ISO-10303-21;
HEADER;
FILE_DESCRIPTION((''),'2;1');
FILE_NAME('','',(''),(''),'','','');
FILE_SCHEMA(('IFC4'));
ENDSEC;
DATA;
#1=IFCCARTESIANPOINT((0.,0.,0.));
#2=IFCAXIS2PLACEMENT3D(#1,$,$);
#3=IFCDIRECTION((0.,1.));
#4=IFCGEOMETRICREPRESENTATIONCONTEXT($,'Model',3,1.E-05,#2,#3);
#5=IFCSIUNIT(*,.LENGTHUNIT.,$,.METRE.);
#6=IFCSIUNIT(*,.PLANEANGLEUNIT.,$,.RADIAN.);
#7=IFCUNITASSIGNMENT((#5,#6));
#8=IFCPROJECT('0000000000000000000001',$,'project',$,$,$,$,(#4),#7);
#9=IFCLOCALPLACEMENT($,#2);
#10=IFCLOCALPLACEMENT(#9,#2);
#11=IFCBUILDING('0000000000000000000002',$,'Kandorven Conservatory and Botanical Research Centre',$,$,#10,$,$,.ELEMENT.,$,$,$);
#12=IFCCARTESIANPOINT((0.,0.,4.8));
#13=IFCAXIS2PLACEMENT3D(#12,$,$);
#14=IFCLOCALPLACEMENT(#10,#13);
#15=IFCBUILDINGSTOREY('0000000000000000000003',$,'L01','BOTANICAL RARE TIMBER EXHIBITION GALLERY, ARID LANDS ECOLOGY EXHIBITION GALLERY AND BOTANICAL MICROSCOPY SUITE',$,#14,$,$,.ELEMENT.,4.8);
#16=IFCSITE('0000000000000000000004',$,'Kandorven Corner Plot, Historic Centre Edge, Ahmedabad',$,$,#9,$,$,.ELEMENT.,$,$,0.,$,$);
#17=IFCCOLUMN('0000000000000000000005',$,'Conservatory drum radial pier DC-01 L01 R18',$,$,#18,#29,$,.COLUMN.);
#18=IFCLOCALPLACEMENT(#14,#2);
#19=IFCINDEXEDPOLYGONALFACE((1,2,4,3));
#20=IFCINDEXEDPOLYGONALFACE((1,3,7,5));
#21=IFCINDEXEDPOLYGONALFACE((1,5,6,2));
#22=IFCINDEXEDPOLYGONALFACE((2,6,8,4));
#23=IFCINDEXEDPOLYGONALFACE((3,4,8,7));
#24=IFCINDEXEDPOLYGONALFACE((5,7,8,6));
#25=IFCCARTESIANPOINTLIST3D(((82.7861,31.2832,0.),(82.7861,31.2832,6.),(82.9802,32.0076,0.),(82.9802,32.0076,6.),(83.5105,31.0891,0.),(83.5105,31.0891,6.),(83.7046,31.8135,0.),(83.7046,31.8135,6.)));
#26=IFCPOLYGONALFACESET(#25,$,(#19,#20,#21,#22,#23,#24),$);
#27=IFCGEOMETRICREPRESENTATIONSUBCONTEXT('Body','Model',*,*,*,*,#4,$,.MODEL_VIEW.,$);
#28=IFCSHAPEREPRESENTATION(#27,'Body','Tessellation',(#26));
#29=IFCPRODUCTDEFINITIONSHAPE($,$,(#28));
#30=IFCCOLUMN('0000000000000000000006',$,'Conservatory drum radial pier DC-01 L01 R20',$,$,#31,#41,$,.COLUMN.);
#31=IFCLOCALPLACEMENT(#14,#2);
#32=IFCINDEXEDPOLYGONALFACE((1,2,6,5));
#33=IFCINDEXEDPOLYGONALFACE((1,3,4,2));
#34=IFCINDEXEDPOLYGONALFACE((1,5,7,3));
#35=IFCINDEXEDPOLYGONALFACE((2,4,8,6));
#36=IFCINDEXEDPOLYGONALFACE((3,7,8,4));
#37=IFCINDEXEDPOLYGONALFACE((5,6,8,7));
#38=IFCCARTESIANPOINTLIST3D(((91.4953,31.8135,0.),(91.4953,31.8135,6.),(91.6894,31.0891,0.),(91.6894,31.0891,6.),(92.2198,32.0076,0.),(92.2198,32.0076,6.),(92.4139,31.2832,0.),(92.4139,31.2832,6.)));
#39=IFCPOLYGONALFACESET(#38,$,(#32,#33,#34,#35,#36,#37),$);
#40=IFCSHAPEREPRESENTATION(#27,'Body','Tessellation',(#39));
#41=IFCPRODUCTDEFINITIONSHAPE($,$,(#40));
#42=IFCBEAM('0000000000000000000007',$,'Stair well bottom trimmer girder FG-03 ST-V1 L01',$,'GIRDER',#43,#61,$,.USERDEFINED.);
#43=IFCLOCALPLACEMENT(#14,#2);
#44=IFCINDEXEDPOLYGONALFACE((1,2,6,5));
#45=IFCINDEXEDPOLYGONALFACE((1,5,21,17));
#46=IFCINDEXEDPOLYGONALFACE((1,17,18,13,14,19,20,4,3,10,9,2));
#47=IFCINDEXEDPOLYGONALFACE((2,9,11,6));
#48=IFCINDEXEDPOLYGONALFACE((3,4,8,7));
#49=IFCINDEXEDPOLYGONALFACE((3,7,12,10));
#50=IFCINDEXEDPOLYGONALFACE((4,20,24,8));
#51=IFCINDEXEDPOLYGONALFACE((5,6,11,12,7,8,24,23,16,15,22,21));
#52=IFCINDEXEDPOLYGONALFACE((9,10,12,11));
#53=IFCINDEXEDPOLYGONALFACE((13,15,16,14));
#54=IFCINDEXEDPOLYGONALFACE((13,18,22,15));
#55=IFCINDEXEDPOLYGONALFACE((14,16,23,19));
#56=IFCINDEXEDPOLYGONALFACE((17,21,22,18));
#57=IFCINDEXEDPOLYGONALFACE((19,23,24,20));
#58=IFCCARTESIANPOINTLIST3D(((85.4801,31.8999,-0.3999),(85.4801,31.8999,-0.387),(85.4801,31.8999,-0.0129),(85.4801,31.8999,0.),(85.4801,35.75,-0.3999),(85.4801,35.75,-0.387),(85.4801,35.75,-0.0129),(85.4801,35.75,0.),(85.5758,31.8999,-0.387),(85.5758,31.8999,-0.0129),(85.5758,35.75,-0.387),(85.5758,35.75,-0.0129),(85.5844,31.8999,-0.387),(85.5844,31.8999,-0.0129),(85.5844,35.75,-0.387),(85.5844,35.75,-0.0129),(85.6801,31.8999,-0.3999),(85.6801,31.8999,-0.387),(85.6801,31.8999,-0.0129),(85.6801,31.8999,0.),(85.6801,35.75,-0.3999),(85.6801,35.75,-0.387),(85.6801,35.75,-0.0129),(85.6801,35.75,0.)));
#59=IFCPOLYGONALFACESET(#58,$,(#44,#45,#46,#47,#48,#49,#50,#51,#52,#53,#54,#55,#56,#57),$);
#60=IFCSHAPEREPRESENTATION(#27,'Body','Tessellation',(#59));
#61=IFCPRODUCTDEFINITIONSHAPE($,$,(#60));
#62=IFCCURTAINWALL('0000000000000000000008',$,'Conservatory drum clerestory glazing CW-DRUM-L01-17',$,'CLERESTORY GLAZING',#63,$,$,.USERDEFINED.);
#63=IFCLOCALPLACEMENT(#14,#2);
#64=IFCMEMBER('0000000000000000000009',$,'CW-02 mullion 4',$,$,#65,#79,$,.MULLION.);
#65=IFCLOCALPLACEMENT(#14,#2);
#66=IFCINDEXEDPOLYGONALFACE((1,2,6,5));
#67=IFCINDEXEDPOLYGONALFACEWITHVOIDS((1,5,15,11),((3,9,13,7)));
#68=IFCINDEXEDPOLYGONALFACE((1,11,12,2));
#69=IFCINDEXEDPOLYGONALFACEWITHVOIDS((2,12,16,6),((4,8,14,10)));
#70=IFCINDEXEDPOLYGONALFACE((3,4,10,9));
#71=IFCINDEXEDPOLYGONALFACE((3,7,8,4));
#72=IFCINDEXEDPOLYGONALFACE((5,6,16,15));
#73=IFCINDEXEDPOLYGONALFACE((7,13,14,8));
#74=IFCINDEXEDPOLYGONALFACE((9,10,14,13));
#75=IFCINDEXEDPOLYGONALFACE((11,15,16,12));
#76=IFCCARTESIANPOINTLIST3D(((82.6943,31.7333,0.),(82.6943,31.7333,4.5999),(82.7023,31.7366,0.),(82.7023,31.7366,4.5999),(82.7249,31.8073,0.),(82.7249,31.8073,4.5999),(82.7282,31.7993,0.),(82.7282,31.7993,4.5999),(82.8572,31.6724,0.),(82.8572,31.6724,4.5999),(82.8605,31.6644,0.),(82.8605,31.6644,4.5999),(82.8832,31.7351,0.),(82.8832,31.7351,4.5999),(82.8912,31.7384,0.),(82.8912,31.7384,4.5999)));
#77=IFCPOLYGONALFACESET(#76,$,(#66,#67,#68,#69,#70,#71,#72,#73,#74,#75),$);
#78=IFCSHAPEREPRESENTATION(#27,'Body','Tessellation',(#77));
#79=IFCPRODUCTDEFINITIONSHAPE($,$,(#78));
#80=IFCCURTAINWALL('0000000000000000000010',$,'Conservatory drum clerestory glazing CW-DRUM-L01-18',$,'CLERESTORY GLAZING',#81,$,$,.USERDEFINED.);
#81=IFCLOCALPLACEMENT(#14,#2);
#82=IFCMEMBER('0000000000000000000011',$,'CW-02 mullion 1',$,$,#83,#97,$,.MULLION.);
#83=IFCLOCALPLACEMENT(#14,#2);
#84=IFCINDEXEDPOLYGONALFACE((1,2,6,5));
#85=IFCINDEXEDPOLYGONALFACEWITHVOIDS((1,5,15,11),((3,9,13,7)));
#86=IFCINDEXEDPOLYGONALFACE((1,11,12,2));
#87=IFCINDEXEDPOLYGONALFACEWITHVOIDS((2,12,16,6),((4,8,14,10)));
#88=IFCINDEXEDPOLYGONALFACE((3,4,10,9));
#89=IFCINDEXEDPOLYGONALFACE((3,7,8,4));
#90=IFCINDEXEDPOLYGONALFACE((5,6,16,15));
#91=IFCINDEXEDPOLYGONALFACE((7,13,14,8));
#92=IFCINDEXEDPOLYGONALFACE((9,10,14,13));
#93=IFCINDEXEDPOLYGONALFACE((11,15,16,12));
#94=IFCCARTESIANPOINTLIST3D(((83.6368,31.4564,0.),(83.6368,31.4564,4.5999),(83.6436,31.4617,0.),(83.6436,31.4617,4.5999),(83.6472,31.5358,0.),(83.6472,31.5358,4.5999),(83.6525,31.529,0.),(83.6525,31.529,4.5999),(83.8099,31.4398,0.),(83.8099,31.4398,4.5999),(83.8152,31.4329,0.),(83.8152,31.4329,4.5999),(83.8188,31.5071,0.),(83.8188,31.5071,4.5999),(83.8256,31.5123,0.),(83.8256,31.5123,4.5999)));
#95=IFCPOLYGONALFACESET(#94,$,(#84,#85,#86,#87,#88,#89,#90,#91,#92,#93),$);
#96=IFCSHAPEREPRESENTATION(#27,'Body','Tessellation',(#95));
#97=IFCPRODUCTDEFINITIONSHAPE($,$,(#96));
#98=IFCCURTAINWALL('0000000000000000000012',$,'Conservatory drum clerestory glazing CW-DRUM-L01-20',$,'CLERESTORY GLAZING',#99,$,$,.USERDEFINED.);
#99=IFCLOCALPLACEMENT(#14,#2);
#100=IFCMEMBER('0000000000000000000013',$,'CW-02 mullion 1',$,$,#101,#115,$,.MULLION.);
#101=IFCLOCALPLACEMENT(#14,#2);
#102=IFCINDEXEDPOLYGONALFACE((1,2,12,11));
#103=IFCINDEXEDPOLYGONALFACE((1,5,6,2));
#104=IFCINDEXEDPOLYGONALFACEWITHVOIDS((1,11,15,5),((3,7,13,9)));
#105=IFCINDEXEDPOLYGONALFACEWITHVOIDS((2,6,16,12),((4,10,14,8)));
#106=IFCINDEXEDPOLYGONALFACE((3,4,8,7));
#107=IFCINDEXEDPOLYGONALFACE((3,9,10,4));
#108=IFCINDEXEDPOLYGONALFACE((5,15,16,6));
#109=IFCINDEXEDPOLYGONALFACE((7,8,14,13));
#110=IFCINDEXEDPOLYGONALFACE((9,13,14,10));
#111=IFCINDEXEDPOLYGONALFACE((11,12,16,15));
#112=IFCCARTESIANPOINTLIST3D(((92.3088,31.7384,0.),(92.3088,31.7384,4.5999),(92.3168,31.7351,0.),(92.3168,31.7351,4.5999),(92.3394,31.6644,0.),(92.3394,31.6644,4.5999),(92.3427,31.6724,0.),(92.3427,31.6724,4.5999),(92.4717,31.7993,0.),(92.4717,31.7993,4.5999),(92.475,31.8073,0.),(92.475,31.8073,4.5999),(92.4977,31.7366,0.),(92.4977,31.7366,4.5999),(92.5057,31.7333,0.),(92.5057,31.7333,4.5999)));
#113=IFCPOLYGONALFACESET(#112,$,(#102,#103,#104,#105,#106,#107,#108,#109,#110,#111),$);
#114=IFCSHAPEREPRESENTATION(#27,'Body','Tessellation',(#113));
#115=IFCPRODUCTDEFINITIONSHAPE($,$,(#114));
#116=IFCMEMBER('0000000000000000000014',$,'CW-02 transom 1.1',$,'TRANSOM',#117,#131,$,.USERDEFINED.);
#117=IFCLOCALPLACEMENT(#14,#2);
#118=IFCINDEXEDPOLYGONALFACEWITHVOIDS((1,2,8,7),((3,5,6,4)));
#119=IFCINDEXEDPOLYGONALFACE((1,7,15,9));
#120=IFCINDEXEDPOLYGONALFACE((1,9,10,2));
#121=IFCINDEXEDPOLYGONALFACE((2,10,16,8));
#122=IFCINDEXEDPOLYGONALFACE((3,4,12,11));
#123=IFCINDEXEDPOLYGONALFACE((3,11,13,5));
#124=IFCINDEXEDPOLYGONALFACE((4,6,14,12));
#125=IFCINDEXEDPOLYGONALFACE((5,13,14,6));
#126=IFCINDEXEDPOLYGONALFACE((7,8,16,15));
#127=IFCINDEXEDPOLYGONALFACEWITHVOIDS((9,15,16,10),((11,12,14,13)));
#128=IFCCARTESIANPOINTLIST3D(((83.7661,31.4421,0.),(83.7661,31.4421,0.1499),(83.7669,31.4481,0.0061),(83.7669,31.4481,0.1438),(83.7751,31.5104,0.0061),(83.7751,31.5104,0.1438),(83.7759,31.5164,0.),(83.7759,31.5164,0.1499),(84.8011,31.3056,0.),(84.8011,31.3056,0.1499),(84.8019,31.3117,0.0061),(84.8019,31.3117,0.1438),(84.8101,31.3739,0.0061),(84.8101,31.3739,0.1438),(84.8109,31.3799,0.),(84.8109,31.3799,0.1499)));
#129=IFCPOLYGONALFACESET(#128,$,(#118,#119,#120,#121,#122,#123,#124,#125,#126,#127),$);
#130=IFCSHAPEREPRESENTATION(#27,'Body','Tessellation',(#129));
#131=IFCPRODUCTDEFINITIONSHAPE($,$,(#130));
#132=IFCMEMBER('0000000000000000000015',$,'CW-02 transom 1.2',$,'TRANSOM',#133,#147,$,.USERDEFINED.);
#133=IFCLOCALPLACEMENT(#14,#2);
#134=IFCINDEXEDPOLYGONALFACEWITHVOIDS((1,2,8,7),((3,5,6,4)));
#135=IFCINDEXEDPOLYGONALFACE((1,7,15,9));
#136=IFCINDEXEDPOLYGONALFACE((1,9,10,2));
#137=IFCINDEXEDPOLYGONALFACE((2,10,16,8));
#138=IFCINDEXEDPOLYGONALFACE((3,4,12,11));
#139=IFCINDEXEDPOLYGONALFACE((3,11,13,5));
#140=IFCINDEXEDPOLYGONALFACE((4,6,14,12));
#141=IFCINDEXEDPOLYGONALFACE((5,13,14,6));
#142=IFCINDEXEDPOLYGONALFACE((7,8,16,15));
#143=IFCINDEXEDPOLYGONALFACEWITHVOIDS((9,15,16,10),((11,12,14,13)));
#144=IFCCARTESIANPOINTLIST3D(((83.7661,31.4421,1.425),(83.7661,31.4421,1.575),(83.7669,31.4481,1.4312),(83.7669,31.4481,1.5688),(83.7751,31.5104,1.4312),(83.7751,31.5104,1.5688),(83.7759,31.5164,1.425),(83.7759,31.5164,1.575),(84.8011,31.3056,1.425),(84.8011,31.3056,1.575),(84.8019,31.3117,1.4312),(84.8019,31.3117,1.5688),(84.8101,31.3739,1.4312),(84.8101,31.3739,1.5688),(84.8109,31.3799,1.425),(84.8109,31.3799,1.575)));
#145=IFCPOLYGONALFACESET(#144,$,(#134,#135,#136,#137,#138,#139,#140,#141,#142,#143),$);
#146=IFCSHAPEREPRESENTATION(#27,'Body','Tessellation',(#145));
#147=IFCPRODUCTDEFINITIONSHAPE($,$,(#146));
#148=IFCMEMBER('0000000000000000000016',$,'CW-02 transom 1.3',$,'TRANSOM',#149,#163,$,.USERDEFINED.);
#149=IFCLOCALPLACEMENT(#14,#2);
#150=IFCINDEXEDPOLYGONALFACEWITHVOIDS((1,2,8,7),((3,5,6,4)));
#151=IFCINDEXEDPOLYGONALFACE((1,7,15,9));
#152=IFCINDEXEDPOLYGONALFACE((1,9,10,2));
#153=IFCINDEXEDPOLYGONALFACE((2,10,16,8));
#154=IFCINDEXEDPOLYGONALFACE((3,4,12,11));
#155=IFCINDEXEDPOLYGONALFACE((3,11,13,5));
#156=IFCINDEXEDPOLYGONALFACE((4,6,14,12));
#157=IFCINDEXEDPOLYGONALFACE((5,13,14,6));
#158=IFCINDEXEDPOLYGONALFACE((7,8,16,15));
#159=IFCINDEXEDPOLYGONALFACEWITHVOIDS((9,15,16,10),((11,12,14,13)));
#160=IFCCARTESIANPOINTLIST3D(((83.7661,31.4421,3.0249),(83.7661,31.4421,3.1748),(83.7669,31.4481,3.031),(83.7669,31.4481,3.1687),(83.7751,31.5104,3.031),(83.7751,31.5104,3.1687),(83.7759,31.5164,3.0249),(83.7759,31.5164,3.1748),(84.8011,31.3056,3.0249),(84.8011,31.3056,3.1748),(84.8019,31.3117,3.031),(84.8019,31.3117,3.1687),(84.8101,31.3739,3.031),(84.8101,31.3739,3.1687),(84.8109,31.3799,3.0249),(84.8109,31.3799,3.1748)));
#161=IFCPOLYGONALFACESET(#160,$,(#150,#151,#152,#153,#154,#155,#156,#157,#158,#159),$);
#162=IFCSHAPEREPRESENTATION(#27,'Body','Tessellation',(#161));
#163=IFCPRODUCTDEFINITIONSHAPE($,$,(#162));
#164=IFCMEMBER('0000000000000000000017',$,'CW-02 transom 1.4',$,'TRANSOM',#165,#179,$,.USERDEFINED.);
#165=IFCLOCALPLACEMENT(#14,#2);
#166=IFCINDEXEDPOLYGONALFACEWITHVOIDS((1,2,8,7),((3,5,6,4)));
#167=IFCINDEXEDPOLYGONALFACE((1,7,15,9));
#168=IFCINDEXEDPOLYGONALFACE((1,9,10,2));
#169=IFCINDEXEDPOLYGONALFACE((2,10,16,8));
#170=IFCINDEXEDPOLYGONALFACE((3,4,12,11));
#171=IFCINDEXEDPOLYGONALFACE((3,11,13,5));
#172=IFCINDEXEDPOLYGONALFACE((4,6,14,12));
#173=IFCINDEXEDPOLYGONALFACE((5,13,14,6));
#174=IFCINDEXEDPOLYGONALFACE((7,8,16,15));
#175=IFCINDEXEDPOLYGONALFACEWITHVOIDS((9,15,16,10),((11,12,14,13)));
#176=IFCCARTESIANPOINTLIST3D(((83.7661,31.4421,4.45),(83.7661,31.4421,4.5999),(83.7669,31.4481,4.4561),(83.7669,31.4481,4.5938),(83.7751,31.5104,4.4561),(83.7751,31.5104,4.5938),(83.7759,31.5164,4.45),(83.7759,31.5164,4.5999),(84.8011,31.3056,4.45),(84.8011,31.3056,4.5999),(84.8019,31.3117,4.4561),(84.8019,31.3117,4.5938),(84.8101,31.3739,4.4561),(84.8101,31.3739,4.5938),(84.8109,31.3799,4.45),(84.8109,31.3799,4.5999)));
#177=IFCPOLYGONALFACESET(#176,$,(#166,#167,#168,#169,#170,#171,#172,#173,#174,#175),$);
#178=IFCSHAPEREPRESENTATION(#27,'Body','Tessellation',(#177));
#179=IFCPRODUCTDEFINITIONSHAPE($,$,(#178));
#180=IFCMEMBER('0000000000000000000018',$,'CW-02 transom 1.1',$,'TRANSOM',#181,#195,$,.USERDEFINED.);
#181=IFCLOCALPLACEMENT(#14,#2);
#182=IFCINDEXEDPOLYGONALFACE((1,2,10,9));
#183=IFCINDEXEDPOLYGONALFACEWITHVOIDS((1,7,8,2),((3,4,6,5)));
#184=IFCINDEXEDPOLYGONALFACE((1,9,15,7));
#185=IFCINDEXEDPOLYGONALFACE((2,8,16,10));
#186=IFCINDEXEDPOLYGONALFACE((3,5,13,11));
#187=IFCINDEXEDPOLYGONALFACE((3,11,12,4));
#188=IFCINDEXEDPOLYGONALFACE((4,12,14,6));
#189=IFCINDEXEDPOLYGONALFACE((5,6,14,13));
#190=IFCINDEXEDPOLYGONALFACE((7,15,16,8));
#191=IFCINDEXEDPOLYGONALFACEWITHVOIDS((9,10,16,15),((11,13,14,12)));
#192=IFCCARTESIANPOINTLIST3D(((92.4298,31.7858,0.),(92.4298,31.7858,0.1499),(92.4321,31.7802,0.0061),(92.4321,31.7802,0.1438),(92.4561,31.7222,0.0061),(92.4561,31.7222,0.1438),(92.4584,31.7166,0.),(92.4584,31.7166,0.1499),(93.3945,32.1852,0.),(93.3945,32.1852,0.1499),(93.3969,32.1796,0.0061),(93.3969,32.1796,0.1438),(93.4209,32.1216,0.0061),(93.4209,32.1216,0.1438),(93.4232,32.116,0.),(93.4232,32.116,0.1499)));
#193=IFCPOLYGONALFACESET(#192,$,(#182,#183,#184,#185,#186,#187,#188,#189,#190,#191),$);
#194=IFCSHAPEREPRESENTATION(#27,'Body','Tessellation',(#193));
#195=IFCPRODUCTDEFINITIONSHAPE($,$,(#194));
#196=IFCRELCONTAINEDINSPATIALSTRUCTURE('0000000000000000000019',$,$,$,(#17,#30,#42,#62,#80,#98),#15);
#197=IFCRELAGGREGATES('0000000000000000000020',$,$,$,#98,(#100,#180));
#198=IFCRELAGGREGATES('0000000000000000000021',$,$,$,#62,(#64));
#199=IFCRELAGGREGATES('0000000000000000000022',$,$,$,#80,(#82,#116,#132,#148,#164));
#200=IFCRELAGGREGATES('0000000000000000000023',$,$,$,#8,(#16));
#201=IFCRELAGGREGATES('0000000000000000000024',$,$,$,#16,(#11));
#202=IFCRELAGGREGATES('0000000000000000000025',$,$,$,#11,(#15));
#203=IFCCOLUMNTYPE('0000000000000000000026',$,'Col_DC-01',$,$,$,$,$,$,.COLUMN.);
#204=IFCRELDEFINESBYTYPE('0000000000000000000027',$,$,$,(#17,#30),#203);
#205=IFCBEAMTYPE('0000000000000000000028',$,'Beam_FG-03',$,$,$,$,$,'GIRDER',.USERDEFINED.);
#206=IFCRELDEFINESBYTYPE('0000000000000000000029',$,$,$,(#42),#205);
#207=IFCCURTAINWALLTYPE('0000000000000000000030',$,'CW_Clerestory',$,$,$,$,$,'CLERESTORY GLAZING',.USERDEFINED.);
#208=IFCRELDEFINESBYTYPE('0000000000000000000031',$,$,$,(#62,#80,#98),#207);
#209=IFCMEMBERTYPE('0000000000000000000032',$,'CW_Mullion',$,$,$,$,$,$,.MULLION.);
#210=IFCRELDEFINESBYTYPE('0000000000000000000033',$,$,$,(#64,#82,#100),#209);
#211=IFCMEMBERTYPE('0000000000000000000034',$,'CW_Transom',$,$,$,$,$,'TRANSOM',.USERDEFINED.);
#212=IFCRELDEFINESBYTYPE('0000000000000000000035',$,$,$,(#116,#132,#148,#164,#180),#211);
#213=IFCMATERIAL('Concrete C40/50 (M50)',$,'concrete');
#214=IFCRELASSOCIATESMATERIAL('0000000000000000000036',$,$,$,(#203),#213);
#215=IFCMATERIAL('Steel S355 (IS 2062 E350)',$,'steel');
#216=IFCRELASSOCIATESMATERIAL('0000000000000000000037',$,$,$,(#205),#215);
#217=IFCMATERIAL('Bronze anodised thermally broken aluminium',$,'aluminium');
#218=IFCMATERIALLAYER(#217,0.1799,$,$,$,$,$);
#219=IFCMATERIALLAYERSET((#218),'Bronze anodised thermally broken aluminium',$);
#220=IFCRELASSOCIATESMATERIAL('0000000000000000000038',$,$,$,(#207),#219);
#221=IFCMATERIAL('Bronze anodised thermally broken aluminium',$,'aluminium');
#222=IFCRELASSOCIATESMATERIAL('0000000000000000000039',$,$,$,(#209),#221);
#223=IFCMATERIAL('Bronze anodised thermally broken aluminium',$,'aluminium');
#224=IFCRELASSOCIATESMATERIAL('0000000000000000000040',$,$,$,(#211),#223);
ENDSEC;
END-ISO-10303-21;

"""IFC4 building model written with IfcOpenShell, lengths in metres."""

from ifc_helpers import new_model, si_unit, direction, frame, origin, origin_2d, place, context, subcontext, project, spatial, rectangle, hollow_rectangle, i_section, extrude, material, layer, layer_set, material_profile, profile_set, type_object, element, aggregate, save


model = new_model("IFC4")

# Units and contexts
model_context = context("Model", 3, precision=1e-05, world=origin(), true_north=direction((0.0, 1.0)))
body_context = subcontext(model_context, "Body", "Model", "MODEL_VIEW")
ifc_project = project(units=[si_unit("LENGTHUNIT", "METRE"), si_unit("PLANEANGLEUNIT", "RADIAN")], contexts=[model_context])

# Site, building, storey
site_placement = place(None, origin())
site = spatial("IfcSite", under=ifc_project, at=site_placement, Name="Kandorven Corner Plot, Historic Centre Edge, Ahmedabad", CompositionType="ELEMENT", RefElevation=0.0)
building_placement = place(site_placement, origin())
building = spatial("IfcBuilding", under=site, at=building_placement, Name="Kandorven Conservatory and Botanical Research Centre", CompositionType="ELEMENT")
storey_placement = place(building_placement, frame((0.0, 0.0, 4.8)))
storey = spatial("IfcBuildingStorey", under=building, at=storey_placement, Name="L01", Description="BOTANICAL RARE TIMBER EXHIBITION GALLERY, ARID LANDS ECOLOGY EXHIBITION GALLERY AND BOTANICAL MICROSCOPY SUITE", CompositionType="ELEMENT", Elevation=4.8)

# Columns
ifc_material_1 = material(Name="Concrete C40/50 (M50)", Category="concrete")
ifc_material_profile_1 = material_profile(ifc_material_1, rectangle(XDim=0.75, YDim=0.75, at=origin_2d()))
ifc_profile_set_1 = profile_set([ifc_material_profile_1], Name="Concrete C40/50 (M50)")
column_type = type_object("IfcColumnType", Name="Col_DC-01", PredefinedType="COLUMN", material=ifc_profile_set_1)
for number, where, z_axis, x_axis, name in (
    (1, (83.2454, 31.5483, 0.0), (0.0, 0.0, 1.0), (-0.258819, -0.965926, 0.0), "Conservatory drum radial pier DC-01 L01 R18"),
    (2, (91.9546, 31.5483, 0.0), (0.0, 0.0, 1.0), (0.258819, -0.965926, 0.0), "Conservatory drum radial pier DC-01 L01 R20"),
):
    element("IfcColumn", number, at=place(storey_placement, frame(where, z_axis=z_axis, x_axis=x_axis)), inside=storey, type_object=column_type, Name=name, PredefinedType="COLUMN", context=body_context, shape_type="SweptSolid", body=[
        extrude(rectangle(XDim=0.75, YDim=0.75, at=origin_2d()), origin(), (0.0, 0.0, 1.0), 6.0),
    ])

# Beam
ifc_material_2 = material(Name="Steel S355 (IS 2062 E350)", Category="steel")
ifc_material_profile_2 = material_profile(ifc_material_2, i_section(OverallWidth=0.2, OverallDepth=0.3999, WebThickness=0.0085, FlangeThickness=0.0129, at=origin_2d()))
ifc_profile_set_2 = profile_set([ifc_material_profile_2], Name="Steel S355 (IS 2062 E350)")
beam_type = type_object("IfcBeamType", Name="Beam_FG-03", ElementType="GIRDER", PredefinedType="USERDEFINED", material=ifc_profile_set_2)
beam_placement = place(storey_placement, frame((85.5801, 31.8999, -0.2), z_axis=(0.0, 1.0, 0.0), x_axis=(-1.0, 0.0, 0.0)))
element("IfcBeam", 3, at=beam_placement, inside=storey, type_object=beam_type, Name="Stair well bottom trimmer girder FG-03 ST-V1 L01", ObjectType="GIRDER", PredefinedType="USERDEFINED", context=body_context, shape_type="SweptSolid", body=[
    extrude(i_section(OverallWidth=0.2, OverallDepth=0.3999, WebThickness=0.0085, FlangeThickness=0.0129, at=origin_2d()), origin(), (0.0, 0.0, 1.0), 3.8501),
])

# Curtain walls, members
ifc_material_3 = material(Name="Bronze anodised thermally broken aluminium", Category="aluminium")
ifc_layer_1 = layer(ifc_material_3, 0.1799)
ifc_layer_set_1 = layer_set([ifc_layer_1], Name="Bronze anodised thermally broken aluminium")
curtain_wall_type = type_object("IfcCurtainWallType", Name="CW_Clerestory", ElementType="CLERESTORY GLAZING", PredefinedType="USERDEFINED", material=ifc_layer_set_1)
curtain_wall_1_placement = place(storey_placement, origin())
curtain_wall_1 = element("IfcCurtainWall", 4, at=curtain_wall_1_placement, inside=storey, type_object=curtain_wall_type, Name="Conservatory drum clerestory glazing CW-DRUM-L01-17", ObjectType="CLERESTORY GLAZING", PredefinedType="USERDEFINED")
ifc_material_4 = material(Name="Bronze anodised thermally broken aluminium", Category="aluminium")
ifc_material_profile_3 = material_profile(ifc_material_4, hollow_rectangle(XDim=0.0801, YDim=0.1799, WallThickness=0.0061, at=origin_2d()))
ifc_profile_set_3 = profile_set([ifc_material_profile_3], Name="Bronze anodised thermally broken aluminium")
member_type_1 = type_object("IfcMemberType", Name="CW_Mullion", PredefinedType="MULLION", material=ifc_profile_set_3)
member_1_placement = place(storey_placement, frame((82.7927, 31.7358, 0.0), z_axis=(0.0, 0.0, 1.0), x_axis=(0.382669, 0.923886, 0.0)))
member_1 = element("IfcMember", 5, at=member_1_placement, type_object=member_type_1, Name="CW-02 mullion 4", PredefinedType="MULLION", context=body_context, shape_type="SweptSolid", body=[
    extrude(hollow_rectangle(XDim=0.0801, YDim=0.1799, WallThickness=0.0061, at=origin_2d()), origin(), (0.0, 0.0, 1.0), 4.5999),
])
curtain_wall_2_placement = place(storey_placement, origin())
curtain_wall_2 = element("IfcCurtainWall", 6, at=curtain_wall_2_placement, inside=storey, type_object=curtain_wall_type, Name="Conservatory drum clerestory glazing CW-DRUM-L01-18", ObjectType="CLERESTORY GLAZING", PredefinedType="USERDEFINED")
member_2_placement = place(storey_placement, frame((83.7312, 31.4844, 0.0), z_axis=(0.0, 0.0, 1.0), x_axis=(0.130552, 0.991441, 0.0)))
member_2 = element("IfcMember", 7, at=member_2_placement, type_object=member_type_1, Name="CW-02 mullion 1", PredefinedType="MULLION", context=body_context, shape_type="SweptSolid", body=[
    extrude(hollow_rectangle(XDim=0.0801, YDim=0.1799, WallThickness=0.0061, at=origin_2d()), origin(), (0.0, 0.0, 1.0), 4.5999),
])
curtain_wall_3_placement = place(storey_placement, origin())
curtain_wall_3 = element("IfcCurtainWall", 8, at=curtain_wall_3_placement, inside=storey, type_object=curtain_wall_type, Name="Conservatory drum clerestory glazing CW-DRUM-L01-20", ObjectType="CLERESTORY GLAZING", PredefinedType="USERDEFINED")
member_3_placement = place(storey_placement, frame((92.4072, 31.7358, 0.0), z_axis=(0.0, 0.0, 1.0), x_axis=(-0.382669, 0.923886, 0.0)))
member_3 = element("IfcMember", 9, at=member_3_placement, type_object=member_type_1, Name="CW-02 mullion 1", PredefinedType="MULLION", context=body_context, shape_type="SweptSolid", body=[
    extrude(hollow_rectangle(XDim=0.0801, YDim=0.1799, WallThickness=0.0061, at=origin_2d()), origin(), (0.0, 0.0, 1.0), 4.5999),
])

# Members
ifc_material_5 = material(Name="Bronze anodised thermally broken aluminium", Category="aluminium")
ifc_material_profile_4 = material_profile(ifc_material_5, hollow_rectangle(XDim=0.075, YDim=0.1499, WallThickness=0.0061, at=origin_2d()))
ifc_profile_set_4 = profile_set([ifc_material_profile_4], Name="Bronze anodised thermally broken aluminium")
member_type_2 = type_object("IfcMemberType", Name="CW_Transom", ElementType="TRANSOM", PredefinedType="USERDEFINED", material=ifc_profile_set_4)
member_4_placement = place(storey_placement, frame((83.771, 31.4792, 0.075), z_axis=(0.991417, -0.130739, 0.0), x_axis=(0.130739, 0.991417, 0.0)))
member_4 = element("IfcMember", 10, at=member_4_placement, type_object=member_type_2, Name="CW-02 transom 1.1", ObjectType="TRANSOM", PredefinedType="USERDEFINED", context=body_context, shape_type="SweptSolid", body=[
    extrude(hollow_rectangle(XDim=0.075, YDim=0.1499, WallThickness=0.0061, at=origin_2d()), origin(), (0.0, 0.0, 1.0), 1.0439),
])
member_5_placement = place(storey_placement, frame((83.771, 31.4792, 1.5), z_axis=(0.991417, -0.130739, 0.0), x_axis=(0.130739, 0.991417, 0.0)))
member_5 = element("IfcMember", 11, at=member_5_placement, type_object=member_type_2, Name="CW-02 transom 1.2", ObjectType="TRANSOM", PredefinedType="USERDEFINED", context=body_context, shape_type="SweptSolid", body=[
    extrude(hollow_rectangle(XDim=0.075, YDim=0.1499, WallThickness=0.0061, at=origin_2d()), origin(), (0.0, 0.0, 1.0), 1.0439),
])
member_6_placement = place(storey_placement, frame((83.771, 31.4792, 3.0999), z_axis=(0.991417, -0.130739, 0.0), x_axis=(0.130739, 0.991417, 0.0)))
member_6 = element("IfcMember", 12, at=member_6_placement, type_object=member_type_2, Name="CW-02 transom 1.3", ObjectType="TRANSOM", PredefinedType="USERDEFINED", context=body_context, shape_type="SweptSolid", body=[
    extrude(hollow_rectangle(XDim=0.075, YDim=0.1499, WallThickness=0.0061, at=origin_2d()), origin(), (0.0, 0.0, 1.0), 1.0439),
])
member_7_placement = place(storey_placement, frame((83.771, 31.4792, 4.5249), z_axis=(0.991417, -0.130739, 0.0), x_axis=(0.130739, 0.991417, 0.0)))
member_7 = element("IfcMember", 13, at=member_7_placement, type_object=member_type_2, Name="CW-02 transom 1.4", ObjectType="TRANSOM", PredefinedType="USERDEFINED", context=body_context, shape_type="SweptSolid", body=[
    extrude(hollow_rectangle(XDim=0.075, YDim=0.1499, WallThickness=0.0061, at=origin_2d()), origin(), (0.0, 0.0, 1.0), 1.0439),
])
member_8_placement = place(storey_placement, frame((92.4441, 31.7512, 0.075), z_axis=(0.92396, 0.382489, 0.0), x_axis=(-0.382489, 0.92396, 0.0)))
member_8 = element("IfcMember", 14, at=member_8_placement, type_object=member_type_2, Name="CW-02 transom 1.1", ObjectType="TRANSOM", PredefinedType="USERDEFINED", context=body_context, shape_type="SweptSolid", body=[
    extrude(hollow_rectangle(XDim=0.075, YDim=0.1499, WallThickness=0.0061, at=origin_2d()), origin(), (0.0, 0.0, 1.0), 1.0442),
])
aggregate(curtain_wall_3, [member_3, member_8])

aggregate(curtain_wall_1, [member_1])
aggregate(curtain_wall_2, [member_2, member_4, member_5, member_6, member_7])

save(model, "model.ifc")
